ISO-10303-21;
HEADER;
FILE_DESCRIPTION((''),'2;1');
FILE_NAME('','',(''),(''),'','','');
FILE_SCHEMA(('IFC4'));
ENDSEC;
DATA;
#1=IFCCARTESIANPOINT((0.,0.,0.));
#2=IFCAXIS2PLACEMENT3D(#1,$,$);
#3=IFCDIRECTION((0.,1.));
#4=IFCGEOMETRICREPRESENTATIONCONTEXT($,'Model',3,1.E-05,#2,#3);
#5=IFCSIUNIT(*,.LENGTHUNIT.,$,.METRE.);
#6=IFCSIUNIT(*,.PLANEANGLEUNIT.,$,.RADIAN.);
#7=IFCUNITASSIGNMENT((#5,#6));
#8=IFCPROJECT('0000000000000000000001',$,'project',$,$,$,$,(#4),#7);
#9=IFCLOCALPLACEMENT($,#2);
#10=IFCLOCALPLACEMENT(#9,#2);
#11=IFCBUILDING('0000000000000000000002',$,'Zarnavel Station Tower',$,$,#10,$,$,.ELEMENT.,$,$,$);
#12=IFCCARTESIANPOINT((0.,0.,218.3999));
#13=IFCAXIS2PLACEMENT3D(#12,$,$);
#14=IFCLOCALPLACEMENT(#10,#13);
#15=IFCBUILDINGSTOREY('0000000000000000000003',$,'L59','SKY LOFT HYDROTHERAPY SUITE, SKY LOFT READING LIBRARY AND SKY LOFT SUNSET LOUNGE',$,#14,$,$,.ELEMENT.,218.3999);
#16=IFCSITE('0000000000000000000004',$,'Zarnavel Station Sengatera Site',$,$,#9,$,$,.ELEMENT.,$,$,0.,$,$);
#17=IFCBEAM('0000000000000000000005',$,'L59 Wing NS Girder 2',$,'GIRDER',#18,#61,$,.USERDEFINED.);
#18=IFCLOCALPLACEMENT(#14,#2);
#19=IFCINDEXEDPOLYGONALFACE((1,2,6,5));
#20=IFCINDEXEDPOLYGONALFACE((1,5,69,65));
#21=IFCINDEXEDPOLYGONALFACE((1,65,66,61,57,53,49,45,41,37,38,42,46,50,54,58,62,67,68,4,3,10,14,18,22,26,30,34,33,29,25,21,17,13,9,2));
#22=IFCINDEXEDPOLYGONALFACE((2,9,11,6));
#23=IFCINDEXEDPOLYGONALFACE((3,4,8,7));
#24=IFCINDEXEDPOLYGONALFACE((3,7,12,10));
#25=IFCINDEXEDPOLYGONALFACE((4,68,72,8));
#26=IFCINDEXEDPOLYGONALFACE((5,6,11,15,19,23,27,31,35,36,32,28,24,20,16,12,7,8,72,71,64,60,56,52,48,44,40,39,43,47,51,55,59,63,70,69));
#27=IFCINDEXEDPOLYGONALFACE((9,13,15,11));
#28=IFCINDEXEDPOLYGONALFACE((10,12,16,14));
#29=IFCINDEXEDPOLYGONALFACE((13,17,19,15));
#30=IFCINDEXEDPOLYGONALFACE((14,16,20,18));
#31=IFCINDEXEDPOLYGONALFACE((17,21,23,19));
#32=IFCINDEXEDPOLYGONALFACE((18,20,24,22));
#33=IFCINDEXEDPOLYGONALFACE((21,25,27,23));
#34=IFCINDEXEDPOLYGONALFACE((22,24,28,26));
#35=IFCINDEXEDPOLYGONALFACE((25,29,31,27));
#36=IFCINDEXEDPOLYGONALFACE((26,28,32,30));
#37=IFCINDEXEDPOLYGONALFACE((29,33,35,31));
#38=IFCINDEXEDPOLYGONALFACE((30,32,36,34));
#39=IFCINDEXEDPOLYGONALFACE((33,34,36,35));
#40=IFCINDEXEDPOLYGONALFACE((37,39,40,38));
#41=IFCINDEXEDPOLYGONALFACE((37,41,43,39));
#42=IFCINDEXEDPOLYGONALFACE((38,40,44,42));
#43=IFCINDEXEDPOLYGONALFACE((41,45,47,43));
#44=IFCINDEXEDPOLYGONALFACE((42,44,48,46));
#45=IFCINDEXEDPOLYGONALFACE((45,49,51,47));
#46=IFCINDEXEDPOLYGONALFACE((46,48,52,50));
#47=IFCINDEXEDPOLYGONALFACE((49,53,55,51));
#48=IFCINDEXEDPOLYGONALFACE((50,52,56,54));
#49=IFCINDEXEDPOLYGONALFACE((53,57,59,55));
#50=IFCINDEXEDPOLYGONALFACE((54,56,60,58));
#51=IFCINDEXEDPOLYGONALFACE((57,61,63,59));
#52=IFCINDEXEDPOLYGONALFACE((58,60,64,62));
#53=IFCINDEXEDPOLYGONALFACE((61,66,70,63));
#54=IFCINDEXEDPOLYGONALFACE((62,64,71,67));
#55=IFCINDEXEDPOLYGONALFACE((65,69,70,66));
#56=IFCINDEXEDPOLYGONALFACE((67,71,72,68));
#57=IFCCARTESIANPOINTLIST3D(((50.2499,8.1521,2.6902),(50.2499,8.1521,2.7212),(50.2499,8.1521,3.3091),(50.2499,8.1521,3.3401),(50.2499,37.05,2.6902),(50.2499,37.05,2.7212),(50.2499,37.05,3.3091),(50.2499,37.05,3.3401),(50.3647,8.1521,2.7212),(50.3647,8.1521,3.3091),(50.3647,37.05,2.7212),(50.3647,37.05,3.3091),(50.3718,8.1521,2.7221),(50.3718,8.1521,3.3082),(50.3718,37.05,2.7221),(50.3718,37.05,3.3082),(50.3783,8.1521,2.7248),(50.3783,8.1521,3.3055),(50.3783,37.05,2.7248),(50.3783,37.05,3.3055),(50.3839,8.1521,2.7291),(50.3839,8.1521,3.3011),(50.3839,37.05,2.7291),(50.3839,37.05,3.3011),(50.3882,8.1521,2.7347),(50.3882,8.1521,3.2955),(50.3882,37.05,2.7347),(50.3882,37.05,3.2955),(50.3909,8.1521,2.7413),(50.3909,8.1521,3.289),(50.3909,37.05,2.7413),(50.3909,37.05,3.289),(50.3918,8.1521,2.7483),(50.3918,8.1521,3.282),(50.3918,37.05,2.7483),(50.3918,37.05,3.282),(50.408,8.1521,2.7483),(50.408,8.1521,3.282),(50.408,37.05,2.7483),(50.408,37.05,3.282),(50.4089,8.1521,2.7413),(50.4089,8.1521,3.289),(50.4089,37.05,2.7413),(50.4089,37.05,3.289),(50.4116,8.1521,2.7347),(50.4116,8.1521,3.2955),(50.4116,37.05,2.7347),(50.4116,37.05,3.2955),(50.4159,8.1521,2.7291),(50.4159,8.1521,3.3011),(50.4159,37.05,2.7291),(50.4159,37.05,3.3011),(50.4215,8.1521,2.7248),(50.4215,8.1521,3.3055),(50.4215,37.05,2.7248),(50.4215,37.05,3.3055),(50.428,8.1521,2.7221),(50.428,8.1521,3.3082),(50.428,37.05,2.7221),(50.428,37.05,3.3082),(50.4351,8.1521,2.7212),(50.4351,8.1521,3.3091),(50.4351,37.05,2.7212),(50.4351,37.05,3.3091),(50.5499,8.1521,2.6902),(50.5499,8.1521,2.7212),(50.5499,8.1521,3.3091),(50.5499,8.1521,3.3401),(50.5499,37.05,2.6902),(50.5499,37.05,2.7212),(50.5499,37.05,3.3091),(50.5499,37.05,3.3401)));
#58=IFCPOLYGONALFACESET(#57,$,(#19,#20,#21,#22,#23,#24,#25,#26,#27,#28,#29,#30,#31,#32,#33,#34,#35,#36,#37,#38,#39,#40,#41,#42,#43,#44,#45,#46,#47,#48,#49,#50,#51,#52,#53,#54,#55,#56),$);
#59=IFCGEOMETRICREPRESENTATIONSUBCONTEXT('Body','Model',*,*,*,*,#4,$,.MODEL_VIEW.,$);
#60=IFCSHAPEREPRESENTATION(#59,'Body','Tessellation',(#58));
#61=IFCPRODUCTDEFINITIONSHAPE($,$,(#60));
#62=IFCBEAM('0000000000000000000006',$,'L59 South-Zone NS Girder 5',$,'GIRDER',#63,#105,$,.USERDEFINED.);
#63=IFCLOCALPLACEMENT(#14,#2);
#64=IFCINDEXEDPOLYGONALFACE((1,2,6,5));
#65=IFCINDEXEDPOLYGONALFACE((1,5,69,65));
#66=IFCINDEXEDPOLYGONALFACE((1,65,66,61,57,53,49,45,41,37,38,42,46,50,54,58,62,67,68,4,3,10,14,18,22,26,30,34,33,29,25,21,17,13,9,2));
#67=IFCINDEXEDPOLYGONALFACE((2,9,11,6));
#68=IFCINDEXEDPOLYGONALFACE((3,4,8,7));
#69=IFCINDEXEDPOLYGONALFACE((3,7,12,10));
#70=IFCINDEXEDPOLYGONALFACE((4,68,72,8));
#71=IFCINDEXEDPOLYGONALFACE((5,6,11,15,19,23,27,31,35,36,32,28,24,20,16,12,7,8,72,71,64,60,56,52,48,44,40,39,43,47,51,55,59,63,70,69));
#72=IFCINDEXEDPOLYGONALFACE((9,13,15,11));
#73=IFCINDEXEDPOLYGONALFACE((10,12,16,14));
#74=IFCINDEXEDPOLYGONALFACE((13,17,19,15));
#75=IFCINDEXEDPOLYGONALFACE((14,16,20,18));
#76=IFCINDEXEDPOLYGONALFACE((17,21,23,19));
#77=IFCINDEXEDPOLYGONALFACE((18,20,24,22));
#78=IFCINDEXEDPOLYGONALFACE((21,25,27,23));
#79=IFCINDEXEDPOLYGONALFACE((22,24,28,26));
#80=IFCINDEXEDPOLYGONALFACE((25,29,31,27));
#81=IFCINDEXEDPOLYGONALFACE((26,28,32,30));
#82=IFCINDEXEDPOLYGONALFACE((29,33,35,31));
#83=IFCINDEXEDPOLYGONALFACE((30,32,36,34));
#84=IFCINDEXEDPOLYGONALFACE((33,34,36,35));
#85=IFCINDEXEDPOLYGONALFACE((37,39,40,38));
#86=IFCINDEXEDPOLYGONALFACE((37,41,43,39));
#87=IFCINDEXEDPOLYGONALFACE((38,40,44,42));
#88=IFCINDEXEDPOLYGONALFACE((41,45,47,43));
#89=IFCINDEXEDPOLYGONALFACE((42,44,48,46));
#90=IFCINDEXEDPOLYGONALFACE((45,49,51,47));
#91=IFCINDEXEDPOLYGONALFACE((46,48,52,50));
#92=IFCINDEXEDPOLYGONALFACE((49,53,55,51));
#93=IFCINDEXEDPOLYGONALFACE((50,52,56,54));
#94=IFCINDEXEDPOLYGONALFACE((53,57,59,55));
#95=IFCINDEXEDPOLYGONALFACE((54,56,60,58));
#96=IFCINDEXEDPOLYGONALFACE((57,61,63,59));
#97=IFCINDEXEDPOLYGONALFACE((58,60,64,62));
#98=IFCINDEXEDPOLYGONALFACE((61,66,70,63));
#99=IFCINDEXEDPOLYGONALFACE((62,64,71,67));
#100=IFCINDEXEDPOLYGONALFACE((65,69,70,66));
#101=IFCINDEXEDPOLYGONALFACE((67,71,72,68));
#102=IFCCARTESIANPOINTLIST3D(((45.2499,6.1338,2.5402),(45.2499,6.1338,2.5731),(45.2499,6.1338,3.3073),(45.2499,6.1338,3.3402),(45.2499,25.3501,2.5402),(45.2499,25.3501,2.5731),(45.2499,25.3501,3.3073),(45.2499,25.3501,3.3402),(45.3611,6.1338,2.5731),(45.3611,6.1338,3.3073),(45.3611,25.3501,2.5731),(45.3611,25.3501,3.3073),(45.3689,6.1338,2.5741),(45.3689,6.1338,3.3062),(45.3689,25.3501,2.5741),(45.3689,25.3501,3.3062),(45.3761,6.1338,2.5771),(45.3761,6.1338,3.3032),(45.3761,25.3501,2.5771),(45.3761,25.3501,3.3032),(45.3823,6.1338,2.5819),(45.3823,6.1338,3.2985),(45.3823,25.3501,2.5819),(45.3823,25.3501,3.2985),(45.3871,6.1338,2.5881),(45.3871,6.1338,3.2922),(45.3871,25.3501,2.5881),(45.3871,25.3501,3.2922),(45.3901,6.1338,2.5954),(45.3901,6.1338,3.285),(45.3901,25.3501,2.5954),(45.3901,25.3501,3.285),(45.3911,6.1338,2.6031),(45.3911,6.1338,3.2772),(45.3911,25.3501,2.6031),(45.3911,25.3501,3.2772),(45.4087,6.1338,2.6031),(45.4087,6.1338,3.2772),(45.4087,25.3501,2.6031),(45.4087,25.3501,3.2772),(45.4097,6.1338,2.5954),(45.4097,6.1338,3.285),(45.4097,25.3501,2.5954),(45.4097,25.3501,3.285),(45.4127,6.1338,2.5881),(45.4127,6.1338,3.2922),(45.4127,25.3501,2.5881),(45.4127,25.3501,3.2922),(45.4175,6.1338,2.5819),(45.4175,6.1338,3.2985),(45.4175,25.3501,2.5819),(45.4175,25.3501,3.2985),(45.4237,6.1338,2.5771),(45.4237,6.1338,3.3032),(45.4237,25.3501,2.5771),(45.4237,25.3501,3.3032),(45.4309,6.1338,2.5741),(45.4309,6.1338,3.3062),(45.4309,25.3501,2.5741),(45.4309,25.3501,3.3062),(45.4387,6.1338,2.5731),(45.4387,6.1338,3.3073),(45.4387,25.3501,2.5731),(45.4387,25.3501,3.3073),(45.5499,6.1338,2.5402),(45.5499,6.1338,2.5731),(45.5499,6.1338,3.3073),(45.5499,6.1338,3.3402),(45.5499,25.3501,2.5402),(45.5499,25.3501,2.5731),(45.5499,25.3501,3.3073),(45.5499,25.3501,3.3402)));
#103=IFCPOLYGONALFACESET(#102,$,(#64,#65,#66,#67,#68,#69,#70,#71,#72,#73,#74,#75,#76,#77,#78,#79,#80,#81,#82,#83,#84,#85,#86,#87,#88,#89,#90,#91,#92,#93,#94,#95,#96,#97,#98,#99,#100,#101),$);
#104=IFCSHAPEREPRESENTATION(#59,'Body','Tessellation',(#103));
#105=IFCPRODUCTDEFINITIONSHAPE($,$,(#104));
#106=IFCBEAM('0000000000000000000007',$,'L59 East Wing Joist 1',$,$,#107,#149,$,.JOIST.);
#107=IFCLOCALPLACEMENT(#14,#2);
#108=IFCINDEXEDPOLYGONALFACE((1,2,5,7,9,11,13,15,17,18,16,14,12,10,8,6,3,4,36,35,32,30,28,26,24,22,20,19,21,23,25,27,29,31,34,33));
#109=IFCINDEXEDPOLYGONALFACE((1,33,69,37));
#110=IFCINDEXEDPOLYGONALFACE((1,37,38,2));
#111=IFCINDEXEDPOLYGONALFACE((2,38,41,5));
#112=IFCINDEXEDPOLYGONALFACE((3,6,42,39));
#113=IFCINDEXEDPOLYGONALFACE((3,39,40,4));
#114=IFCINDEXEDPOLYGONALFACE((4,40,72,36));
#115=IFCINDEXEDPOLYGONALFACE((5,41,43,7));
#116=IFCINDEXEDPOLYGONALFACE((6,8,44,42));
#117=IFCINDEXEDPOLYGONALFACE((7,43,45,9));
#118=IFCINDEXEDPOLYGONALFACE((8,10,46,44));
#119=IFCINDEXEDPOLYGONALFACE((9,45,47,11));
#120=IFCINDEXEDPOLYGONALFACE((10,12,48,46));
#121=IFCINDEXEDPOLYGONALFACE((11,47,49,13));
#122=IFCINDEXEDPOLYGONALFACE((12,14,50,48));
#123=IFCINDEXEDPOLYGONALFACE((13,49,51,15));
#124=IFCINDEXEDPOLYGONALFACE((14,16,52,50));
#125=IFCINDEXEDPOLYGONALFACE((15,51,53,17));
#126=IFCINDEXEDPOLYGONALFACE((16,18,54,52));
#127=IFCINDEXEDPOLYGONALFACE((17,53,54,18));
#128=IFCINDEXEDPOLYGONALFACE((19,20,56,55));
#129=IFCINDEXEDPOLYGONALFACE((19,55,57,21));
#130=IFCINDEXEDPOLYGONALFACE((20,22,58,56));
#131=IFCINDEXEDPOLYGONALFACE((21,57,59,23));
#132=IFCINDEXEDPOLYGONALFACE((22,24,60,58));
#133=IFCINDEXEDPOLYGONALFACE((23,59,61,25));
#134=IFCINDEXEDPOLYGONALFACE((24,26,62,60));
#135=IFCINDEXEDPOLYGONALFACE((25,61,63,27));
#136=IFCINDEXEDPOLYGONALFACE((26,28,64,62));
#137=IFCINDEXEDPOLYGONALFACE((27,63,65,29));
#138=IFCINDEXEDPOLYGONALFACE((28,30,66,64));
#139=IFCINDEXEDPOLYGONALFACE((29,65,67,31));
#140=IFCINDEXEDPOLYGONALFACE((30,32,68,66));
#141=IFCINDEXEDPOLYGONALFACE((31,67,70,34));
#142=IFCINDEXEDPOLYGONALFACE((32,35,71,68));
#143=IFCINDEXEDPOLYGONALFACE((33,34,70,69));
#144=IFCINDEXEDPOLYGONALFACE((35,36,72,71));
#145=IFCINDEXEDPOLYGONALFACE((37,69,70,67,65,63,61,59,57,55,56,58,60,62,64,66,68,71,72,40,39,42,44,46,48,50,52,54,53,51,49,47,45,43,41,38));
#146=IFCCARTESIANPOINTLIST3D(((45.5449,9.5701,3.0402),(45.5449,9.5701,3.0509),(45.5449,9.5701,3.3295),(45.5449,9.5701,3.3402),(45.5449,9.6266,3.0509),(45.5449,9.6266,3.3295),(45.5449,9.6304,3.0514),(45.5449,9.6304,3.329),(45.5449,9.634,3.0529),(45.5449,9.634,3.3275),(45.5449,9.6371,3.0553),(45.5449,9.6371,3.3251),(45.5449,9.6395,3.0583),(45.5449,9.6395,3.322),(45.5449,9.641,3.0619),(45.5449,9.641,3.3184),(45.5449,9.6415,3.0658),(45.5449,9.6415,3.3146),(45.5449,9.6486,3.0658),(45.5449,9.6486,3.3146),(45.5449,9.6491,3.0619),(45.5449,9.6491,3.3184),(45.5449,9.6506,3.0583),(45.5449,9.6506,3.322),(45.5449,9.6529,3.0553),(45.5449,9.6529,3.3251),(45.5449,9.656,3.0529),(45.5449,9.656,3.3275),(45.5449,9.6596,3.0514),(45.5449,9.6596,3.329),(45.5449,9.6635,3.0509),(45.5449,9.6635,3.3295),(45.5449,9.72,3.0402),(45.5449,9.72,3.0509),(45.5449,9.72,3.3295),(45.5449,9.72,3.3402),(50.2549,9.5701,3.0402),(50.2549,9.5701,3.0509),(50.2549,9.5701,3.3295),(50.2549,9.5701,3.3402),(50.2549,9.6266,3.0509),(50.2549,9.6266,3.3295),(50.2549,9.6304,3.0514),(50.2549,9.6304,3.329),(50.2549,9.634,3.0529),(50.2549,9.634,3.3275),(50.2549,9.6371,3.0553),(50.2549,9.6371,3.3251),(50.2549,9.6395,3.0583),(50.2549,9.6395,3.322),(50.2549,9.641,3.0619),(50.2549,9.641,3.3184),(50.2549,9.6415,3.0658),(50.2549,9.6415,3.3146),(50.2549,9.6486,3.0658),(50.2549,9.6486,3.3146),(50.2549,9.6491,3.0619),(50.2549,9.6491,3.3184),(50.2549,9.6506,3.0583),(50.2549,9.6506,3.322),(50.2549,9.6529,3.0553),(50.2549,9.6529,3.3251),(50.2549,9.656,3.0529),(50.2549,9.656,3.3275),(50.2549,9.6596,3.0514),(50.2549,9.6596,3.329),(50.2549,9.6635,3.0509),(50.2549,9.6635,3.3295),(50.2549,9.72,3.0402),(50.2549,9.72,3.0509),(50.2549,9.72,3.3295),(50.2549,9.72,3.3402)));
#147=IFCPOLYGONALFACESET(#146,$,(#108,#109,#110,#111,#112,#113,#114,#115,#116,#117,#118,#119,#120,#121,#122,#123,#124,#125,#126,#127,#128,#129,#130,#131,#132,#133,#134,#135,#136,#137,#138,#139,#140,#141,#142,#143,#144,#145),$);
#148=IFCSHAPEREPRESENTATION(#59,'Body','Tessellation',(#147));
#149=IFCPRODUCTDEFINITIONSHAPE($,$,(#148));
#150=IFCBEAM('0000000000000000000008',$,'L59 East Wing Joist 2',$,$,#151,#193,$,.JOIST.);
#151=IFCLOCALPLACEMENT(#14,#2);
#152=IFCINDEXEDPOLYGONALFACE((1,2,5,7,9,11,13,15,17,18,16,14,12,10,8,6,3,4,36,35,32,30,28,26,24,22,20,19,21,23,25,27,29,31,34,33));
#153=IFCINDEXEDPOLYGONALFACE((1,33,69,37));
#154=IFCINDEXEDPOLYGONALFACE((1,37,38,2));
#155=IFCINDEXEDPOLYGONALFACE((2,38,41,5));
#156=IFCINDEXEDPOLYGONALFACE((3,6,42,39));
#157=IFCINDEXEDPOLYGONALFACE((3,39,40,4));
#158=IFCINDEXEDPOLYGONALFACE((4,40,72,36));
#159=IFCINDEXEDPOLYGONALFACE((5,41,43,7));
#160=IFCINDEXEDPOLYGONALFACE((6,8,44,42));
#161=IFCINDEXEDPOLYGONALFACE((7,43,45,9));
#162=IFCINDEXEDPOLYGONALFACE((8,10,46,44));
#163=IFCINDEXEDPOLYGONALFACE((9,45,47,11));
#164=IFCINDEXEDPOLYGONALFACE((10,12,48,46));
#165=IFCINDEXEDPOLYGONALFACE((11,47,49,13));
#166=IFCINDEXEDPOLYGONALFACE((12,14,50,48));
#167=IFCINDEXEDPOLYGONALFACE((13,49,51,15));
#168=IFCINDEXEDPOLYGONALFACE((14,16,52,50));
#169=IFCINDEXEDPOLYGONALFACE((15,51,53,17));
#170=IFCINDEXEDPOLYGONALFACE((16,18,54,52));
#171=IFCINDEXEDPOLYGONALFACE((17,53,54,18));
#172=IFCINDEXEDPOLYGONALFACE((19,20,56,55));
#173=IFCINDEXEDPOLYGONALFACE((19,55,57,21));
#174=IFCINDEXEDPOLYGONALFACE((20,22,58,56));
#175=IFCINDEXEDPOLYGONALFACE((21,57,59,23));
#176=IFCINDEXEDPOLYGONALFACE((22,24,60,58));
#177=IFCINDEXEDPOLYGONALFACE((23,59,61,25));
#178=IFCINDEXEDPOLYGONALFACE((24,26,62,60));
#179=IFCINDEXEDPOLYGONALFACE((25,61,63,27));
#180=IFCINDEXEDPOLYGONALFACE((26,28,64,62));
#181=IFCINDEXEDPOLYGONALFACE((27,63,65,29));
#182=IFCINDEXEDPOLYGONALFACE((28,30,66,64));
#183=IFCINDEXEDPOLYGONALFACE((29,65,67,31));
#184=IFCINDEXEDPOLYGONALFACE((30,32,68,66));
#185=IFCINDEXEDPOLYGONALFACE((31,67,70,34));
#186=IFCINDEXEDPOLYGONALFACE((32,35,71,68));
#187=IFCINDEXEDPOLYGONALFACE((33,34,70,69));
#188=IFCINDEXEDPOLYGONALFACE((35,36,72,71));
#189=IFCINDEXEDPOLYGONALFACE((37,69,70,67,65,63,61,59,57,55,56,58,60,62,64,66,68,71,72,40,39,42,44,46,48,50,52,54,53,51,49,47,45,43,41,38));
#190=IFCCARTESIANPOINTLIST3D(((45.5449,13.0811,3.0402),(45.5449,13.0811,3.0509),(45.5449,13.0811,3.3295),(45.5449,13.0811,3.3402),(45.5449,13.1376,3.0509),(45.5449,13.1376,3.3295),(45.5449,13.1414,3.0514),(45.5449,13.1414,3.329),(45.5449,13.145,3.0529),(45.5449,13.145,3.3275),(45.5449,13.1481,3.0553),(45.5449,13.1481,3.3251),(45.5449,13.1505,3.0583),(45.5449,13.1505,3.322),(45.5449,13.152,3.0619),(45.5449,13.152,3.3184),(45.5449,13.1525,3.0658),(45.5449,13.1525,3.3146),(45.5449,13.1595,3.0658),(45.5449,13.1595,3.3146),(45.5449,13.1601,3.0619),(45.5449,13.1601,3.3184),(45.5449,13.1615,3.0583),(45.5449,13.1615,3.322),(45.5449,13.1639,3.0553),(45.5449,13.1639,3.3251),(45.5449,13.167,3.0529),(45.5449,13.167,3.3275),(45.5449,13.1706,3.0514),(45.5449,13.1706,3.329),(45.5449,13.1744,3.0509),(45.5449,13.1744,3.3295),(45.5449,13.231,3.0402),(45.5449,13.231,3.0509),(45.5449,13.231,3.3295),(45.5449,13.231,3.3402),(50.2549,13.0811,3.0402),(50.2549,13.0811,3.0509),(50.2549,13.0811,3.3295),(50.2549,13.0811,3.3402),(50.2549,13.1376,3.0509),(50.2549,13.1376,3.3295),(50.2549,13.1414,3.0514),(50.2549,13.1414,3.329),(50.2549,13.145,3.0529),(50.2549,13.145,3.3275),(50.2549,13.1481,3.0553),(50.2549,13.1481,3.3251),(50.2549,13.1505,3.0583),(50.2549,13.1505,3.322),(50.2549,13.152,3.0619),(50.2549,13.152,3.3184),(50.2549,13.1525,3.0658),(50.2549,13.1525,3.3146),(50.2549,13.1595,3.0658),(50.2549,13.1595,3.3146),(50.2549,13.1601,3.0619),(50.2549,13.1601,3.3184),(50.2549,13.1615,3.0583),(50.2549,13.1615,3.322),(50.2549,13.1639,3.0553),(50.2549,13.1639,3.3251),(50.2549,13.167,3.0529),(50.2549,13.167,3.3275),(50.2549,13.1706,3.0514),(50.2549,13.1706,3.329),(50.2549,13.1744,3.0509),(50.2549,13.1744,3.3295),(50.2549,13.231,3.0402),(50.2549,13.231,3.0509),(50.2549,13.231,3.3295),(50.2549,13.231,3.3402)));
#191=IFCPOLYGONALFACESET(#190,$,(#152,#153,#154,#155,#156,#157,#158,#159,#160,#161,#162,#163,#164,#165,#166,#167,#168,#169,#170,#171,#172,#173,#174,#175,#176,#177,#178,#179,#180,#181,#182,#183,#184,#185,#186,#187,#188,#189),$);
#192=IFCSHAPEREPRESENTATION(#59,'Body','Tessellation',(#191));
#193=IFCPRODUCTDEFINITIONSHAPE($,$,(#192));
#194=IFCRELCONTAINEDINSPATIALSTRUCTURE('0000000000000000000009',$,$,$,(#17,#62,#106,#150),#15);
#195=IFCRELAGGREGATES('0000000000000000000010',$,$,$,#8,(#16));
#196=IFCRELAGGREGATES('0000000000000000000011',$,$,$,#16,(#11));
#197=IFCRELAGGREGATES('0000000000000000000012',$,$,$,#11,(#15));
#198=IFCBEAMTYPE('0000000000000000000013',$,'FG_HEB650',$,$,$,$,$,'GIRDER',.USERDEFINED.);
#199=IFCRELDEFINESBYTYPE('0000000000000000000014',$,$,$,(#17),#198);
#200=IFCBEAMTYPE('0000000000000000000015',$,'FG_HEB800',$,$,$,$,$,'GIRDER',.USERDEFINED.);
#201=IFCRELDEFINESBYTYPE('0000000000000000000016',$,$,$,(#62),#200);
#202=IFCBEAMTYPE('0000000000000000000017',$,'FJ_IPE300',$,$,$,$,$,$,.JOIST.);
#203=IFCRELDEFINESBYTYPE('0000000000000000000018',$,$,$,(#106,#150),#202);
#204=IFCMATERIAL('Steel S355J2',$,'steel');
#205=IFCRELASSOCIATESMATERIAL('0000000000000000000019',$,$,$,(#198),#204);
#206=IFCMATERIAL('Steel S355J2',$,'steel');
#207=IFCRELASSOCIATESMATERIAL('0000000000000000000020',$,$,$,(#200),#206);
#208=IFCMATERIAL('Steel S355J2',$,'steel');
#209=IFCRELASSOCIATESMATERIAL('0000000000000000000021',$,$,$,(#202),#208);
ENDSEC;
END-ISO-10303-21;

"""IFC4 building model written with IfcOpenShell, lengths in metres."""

from ifc_helpers import new_model, si_unit, direction, frame, origin, origin_2d, place, context, subcontext, project, spatial, i_section, extrude, material, material_profile, profile_set, type_object, element, save


model = new_model("IFC4")

# Units and contexts
model_context = context("Model", 3, precision=1e-05, world=origin(), true_north=direction((0.0, 1.0)))
body_context = subcontext(model_context, "Body", "Model", "MODEL_VIEW")
ifc_project = project(units=[si_unit("LENGTHUNIT", "METRE"), si_unit("PLANEANGLEUNIT", "RADIAN")], contexts=[model_context])

# Site, building, storey
site_placement = place(None, origin())
site = spatial("IfcSite", under=ifc_project, at=site_placement, Name="Zarnavel Station Sengatera Site", CompositionType="ELEMENT", RefElevation=0.0)
building_placement = place(site_placement, origin())
building = spatial("IfcBuilding", under=site, at=building_placement, Name="Zarnavel Station Tower", CompositionType="ELEMENT")
storey_placement = place(building_placement, frame((0.0, 0.0, 218.3999)))
storey = spatial("IfcBuildingStorey", under=building, at=storey_placement, Name="L59", Description="SKY LOFT HYDROTHERAPY SUITE, SKY LOFT READING LIBRARY AND SKY LOFT SUNSET LOUNGE", CompositionType="ELEMENT", Elevation=218.3999)

# Beams
ifc_material_1 = material(Name="Steel S355J2", Category="steel")
ifc_material_profile_1 = material_profile(ifc_material_1, i_section(OverallWidth=0.3, OverallDepth=0.6499, WebThickness=0.0161, FlangeThickness=0.031, FilletRadius=0.0271, at=origin_2d()), Name="HEB650")
ifc_profile_set_1 = profile_set([ifc_material_profile_1], Name="Steel S355J2")
beam_type_1 = type_object("IfcBeamType", Name="FG_HEB650", ElementType="GIRDER", PredefinedType="USERDEFINED", material=ifc_profile_set_1)
beam_1_placement = place(storey_placement, frame((50.3999, 8.1521, 3.0151), z_axis=(0.0, 1.0, 0.0), x_axis=(-1.0, 0.0, 0.0)))
element("IfcBeam", 1, at=beam_1_placement, inside=storey, type_object=beam_type_1, Name="L59 Wing NS Girder 2", ObjectType="GIRDER", PredefinedType="USERDEFINED", context=body_context, shape_type="SweptSolid", body=[
    extrude(i_section(OverallWidth=0.3, OverallDepth=0.6499, WebThickness=0.0161, FlangeThickness=0.031, FilletRadius=0.0271, at=origin_2d()), origin(), (0.0, 0.0, 1.0), 28.8979),
])
ifc_material_2 = material(Name="Steel S355J2", Category="steel")
ifc_material_profile_2 = material_profile(ifc_material_2, i_section(OverallWidth=0.3, OverallDepth=0.8, WebThickness=0.0176, FlangeThickness=0.033, FilletRadius=0.03, at=origin_2d()), Name="HEB800")
ifc_profile_set_2 = profile_set([ifc_material_profile_2], Name="Steel S355J2")
beam_type_2 = type_object("IfcBeamType", Name="FG_HEB800", ElementType="GIRDER", PredefinedType="USERDEFINED", material=ifc_profile_set_2)
beam_2_placement = place(storey_placement, frame((45.3999, 6.1338, 2.9402), z_axis=(0.0, 1.0, 0.0), x_axis=(-1.0, 0.0, 0.0)))
element("IfcBeam", 2, at=beam_2_placement, inside=storey, type_object=beam_type_2, Name="L59 South-Zone NS Girder 5", ObjectType="GIRDER", PredefinedType="USERDEFINED", context=body_context, shape_type="SweptSolid", body=[
    extrude(i_section(OverallWidth=0.3, OverallDepth=0.8, WebThickness=0.0176, FlangeThickness=0.033, FilletRadius=0.03, at=origin_2d()), origin(), (0.0, 0.0, 1.0), 19.2163),
])
ifc_material_3 = material(Name="Steel S355J2", Category="steel")
ifc_material_profile_3 = material_profile(ifc_material_3, i_section(OverallWidth=0.1499, OverallDepth=0.3, WebThickness=0.0071, FlangeThickness=0.0107, FilletRadius=0.0149, at=origin_2d()), Name="IPE300")
ifc_profile_set_3 = profile_set([ifc_material_profile_3], Name="Steel S355J2")
beam_type_3 = type_object("IfcBeamType", Name="FJ_IPE300", PredefinedType="JOIST", material=ifc_profile_set_3)
for number, where, z_axis, x_axis, name in (
    (3, (45.5449, 9.645, 3.1902), (1.0, 0.0, 0.0), (0.0, 1.0, 0.0), "L59 East Wing Joist 1"),
    (4, (45.5449, 13.156, 3.1902), (1.0, 0.0, 0.0), (0.0, 1.0, 0.0), "L59 East Wing Joist 2"),
):
    element("IfcBeam", number, at=place(storey_placement, frame(where, z_axis=z_axis, x_axis=x_axis)), inside=storey, type_object=beam_type_3, Name=name, PredefinedType="JOIST", context=body_context, shape_type="SweptSolid", body=[
        extrude(i_section(OverallWidth=0.1499, OverallDepth=0.3, WebThickness=0.0071, FlangeThickness=0.0107, FilletRadius=0.0149, at=origin_2d()), origin(), (0.0, 0.0, 1.0), 4.71),
    ])

save(model, "model.ifc")
